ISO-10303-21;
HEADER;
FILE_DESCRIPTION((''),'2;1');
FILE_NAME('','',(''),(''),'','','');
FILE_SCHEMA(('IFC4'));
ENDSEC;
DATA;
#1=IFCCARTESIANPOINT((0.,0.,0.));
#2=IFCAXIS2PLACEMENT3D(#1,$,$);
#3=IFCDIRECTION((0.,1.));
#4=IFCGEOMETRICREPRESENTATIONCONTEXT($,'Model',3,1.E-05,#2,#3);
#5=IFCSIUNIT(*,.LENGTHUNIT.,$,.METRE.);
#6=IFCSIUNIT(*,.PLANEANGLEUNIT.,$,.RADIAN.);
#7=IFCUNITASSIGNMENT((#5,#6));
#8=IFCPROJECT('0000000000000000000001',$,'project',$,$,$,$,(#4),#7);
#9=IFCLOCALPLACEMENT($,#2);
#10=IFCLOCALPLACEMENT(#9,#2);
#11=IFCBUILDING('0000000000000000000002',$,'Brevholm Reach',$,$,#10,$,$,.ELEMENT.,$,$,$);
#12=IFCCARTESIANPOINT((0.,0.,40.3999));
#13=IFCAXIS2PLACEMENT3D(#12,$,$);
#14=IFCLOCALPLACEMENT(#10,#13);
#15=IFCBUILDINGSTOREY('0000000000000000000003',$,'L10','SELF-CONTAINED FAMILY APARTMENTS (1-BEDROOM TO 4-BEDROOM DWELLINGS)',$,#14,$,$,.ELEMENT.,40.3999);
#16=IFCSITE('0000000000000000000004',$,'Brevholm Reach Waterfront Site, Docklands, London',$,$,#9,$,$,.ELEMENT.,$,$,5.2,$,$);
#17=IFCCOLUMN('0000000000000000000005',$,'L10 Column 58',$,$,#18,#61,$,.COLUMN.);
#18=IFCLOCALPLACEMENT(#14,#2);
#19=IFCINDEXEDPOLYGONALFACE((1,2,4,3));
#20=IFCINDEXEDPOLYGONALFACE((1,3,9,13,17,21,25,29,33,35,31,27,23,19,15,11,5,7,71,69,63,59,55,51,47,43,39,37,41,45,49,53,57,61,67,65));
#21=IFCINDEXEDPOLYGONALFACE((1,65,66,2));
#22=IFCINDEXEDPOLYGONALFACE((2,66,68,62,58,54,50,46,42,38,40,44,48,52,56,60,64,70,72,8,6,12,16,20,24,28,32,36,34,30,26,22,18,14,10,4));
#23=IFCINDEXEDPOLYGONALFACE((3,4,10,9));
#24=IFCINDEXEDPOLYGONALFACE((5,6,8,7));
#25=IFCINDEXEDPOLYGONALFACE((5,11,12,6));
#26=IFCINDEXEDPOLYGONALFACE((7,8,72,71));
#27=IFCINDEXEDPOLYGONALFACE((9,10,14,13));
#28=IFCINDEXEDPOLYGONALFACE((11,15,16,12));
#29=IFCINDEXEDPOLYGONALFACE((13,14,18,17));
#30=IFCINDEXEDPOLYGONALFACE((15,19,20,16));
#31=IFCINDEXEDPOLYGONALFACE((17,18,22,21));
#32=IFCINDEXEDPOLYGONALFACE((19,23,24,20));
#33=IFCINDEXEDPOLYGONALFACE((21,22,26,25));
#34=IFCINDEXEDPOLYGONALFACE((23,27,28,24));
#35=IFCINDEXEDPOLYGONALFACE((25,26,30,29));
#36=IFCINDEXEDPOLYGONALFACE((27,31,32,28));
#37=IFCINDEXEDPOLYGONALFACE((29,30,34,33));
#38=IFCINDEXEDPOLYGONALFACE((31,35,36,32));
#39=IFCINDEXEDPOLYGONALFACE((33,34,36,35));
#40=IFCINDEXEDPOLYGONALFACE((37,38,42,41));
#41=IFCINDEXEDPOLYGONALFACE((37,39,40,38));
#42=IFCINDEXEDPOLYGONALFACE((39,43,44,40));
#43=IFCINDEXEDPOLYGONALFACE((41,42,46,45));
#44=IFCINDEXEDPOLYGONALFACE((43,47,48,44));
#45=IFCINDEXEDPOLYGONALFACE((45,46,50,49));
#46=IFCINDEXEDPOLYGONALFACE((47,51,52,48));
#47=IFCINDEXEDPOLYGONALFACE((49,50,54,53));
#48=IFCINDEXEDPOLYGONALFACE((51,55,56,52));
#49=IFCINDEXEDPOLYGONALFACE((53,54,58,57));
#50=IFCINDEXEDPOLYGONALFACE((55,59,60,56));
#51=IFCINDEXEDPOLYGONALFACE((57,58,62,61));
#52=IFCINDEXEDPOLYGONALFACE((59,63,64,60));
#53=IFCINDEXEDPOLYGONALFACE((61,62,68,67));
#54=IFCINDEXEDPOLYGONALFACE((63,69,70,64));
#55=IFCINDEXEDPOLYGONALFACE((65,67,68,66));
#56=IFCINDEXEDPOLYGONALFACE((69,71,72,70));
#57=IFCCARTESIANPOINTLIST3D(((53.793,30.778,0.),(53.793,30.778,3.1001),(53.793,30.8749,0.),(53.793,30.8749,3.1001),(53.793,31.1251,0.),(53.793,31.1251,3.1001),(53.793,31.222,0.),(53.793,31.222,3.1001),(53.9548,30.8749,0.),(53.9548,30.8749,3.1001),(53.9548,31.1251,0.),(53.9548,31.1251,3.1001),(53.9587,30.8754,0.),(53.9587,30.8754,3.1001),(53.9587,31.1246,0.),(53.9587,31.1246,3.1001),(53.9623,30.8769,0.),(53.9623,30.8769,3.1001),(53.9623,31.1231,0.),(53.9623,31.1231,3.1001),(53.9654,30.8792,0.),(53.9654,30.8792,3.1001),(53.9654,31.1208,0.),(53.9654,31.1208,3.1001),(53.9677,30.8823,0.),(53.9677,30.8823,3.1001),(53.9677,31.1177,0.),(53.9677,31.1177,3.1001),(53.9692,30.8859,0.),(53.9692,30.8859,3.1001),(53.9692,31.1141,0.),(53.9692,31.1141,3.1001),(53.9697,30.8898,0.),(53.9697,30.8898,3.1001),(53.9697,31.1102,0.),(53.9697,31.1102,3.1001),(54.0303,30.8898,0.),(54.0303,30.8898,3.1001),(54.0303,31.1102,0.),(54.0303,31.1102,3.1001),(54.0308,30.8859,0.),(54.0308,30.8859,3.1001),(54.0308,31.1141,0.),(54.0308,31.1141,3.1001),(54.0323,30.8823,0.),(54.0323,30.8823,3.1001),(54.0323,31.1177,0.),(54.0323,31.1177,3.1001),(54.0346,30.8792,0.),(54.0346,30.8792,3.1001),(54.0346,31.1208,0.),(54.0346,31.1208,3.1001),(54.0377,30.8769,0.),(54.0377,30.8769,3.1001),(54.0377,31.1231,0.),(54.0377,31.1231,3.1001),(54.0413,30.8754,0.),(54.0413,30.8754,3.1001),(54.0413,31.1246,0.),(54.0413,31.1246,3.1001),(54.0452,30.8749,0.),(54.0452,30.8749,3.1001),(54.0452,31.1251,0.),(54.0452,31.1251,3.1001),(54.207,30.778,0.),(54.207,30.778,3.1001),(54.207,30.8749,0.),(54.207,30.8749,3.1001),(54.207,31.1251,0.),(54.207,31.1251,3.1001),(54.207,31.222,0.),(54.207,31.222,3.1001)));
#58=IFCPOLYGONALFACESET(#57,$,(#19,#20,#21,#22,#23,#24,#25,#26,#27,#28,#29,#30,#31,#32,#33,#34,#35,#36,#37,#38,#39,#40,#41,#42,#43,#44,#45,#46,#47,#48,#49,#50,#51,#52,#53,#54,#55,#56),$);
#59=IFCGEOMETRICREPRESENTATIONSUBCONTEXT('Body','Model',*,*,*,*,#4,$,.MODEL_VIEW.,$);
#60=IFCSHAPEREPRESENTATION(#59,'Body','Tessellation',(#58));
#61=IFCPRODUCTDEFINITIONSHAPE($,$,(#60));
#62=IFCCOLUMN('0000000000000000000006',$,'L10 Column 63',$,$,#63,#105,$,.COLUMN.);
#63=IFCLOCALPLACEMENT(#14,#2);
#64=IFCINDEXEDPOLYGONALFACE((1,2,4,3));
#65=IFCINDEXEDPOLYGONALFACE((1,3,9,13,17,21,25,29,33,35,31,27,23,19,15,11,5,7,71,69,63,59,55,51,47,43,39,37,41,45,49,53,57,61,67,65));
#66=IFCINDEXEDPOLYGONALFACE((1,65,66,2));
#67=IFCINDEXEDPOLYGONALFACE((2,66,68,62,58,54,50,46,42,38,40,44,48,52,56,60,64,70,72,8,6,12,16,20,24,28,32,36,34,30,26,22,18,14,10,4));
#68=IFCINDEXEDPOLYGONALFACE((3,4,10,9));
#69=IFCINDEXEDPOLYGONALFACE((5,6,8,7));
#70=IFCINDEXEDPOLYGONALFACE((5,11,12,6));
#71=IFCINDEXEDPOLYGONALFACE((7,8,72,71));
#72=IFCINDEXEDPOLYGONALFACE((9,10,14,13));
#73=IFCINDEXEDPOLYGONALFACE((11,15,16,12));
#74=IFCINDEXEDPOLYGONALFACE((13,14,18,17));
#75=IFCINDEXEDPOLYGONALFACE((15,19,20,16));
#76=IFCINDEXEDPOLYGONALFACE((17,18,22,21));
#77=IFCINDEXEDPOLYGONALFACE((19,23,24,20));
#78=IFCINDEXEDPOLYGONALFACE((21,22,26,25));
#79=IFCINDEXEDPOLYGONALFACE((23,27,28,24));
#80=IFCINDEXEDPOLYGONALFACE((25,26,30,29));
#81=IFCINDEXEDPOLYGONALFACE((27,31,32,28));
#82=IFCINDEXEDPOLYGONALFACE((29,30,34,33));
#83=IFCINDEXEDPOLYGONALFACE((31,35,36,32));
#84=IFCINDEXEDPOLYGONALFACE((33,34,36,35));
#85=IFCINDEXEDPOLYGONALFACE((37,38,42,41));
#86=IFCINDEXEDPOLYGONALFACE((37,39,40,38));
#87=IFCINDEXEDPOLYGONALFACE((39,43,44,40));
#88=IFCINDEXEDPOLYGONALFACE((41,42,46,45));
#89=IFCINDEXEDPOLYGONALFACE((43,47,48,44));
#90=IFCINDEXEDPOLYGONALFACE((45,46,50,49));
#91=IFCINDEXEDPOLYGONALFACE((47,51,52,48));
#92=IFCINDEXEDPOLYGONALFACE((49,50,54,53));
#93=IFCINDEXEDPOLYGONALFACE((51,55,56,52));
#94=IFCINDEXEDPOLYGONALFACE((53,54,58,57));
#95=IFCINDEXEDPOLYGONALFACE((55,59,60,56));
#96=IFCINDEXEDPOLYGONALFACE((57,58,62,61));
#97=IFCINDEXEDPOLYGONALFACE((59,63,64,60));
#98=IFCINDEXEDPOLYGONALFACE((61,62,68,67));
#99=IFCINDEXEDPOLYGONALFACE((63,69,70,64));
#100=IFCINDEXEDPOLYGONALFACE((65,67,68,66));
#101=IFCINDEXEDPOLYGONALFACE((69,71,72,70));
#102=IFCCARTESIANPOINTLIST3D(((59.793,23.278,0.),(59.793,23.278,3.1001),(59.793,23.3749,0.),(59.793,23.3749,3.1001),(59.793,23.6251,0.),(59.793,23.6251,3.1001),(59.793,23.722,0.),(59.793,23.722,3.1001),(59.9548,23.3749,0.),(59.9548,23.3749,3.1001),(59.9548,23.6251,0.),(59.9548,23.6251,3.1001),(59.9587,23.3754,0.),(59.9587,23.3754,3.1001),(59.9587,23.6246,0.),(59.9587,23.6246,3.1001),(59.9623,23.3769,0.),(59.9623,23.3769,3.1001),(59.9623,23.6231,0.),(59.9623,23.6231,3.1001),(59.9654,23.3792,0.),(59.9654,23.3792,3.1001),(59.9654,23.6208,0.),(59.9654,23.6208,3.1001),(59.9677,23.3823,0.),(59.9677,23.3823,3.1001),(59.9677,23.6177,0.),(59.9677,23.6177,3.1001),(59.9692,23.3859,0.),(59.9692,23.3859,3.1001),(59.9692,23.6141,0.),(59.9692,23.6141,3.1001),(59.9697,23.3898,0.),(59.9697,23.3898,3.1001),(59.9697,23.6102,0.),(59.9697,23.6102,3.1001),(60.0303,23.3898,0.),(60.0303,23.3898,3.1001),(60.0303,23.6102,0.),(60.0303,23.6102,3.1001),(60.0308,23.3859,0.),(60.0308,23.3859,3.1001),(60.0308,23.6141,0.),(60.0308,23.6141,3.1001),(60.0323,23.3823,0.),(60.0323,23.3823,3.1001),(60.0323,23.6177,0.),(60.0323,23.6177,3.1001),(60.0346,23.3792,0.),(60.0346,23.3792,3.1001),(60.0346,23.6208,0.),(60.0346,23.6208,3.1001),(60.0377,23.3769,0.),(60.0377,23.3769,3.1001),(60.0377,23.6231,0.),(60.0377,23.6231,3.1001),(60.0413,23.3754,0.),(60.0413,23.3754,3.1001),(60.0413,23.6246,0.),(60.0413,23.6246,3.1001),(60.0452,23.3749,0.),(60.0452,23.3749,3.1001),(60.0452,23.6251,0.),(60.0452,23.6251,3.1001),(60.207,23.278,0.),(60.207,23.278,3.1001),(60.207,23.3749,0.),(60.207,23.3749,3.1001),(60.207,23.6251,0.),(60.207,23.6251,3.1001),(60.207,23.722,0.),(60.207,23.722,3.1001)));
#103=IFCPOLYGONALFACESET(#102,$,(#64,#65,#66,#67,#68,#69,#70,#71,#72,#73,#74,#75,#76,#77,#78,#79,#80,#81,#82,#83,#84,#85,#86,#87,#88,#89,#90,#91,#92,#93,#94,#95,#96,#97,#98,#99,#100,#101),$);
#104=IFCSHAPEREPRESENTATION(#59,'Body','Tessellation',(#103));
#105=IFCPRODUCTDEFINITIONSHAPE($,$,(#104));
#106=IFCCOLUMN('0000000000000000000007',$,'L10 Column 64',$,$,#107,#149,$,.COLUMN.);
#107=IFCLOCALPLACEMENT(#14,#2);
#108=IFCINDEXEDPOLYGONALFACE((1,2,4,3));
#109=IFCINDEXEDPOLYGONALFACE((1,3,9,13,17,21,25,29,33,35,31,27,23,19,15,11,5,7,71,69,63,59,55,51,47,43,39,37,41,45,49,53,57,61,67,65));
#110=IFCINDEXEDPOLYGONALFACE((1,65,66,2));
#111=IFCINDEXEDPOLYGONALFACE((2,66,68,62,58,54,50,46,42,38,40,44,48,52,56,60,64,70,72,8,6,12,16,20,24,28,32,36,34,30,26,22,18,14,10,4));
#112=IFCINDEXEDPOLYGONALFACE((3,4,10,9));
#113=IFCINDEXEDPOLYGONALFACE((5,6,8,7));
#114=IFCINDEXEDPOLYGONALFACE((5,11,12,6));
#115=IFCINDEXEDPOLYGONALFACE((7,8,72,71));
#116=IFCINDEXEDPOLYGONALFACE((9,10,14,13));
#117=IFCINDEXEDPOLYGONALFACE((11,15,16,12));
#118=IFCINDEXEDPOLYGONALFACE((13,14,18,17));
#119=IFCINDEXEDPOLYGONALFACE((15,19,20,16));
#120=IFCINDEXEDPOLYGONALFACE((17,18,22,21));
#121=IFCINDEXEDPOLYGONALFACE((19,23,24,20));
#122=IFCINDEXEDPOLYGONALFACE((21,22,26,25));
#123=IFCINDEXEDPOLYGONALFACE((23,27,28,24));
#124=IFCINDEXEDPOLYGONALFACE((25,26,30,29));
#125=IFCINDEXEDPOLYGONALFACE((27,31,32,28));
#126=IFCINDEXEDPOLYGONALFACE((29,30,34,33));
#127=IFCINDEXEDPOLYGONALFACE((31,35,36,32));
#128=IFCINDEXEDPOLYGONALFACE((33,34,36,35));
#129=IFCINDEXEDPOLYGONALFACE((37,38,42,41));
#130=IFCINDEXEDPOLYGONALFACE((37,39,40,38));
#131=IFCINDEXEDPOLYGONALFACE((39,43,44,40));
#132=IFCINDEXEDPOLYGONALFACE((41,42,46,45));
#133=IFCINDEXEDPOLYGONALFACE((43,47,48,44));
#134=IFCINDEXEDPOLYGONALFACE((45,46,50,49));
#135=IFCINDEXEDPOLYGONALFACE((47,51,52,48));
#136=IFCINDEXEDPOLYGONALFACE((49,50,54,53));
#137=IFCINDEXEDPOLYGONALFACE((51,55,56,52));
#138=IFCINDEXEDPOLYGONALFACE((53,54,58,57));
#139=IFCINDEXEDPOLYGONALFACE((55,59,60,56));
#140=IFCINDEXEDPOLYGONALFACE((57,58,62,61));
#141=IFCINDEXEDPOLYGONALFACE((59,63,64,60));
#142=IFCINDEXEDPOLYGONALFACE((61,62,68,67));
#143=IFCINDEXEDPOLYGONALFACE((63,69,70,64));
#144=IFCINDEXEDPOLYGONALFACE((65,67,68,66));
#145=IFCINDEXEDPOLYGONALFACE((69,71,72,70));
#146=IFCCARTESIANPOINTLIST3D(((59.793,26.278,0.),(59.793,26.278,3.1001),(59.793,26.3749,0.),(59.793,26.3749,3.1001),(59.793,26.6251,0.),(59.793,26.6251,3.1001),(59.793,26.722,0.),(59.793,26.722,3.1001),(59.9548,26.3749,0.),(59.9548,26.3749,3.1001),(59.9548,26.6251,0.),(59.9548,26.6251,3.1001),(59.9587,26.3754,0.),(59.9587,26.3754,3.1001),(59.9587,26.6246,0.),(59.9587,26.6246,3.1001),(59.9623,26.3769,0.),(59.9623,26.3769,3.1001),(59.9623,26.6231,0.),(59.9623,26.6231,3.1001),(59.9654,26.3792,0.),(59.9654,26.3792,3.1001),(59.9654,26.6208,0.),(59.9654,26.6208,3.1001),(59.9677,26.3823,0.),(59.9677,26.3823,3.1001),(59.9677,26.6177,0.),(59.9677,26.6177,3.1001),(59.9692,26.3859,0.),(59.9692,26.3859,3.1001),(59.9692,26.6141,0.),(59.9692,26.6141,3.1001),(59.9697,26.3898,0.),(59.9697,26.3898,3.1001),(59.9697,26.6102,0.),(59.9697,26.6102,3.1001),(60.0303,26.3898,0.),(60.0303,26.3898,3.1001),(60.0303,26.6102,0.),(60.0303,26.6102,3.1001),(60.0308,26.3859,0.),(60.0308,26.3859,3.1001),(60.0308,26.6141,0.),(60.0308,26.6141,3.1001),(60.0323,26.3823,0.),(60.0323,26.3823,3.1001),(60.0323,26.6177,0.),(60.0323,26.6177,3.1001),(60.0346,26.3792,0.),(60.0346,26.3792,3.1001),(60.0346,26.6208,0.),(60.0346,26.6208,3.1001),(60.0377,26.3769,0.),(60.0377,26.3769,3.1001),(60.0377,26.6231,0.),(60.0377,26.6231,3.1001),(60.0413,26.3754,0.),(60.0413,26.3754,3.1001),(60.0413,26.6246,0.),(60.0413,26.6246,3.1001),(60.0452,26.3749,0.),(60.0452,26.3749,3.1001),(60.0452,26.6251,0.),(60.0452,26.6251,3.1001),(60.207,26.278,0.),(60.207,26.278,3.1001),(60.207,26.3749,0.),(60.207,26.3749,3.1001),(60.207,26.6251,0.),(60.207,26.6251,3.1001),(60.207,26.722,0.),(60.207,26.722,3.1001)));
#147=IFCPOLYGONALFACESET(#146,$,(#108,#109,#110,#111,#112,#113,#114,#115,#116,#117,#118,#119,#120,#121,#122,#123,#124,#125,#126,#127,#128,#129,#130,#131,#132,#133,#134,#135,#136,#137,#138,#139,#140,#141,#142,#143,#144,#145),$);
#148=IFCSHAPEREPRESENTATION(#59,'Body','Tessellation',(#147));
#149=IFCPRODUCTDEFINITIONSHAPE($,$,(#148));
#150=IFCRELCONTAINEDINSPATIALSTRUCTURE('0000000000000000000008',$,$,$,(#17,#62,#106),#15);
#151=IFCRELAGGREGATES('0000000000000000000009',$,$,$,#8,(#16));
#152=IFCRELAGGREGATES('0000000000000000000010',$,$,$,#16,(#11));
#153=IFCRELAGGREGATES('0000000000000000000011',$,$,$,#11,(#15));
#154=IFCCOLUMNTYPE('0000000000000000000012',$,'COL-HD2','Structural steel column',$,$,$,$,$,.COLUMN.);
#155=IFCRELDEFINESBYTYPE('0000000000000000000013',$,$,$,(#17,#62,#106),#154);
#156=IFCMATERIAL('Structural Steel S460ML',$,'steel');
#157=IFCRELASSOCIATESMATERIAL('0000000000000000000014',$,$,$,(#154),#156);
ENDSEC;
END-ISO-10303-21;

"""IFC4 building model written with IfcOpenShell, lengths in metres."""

from ifc_helpers import new_model, si_unit, direction, frame, origin, origin_2d, place, context, subcontext, project, spatial, i_section, extrude, material, material_profile, profile_set, type_object, element, save


model = new_model("IFC4")

# Units and contexts
model_context = context("Model", 3, precision=1e-05, world=origin(), true_north=direction((0.0, 1.0)))
body_context = subcontext(model_context, "Body", "Model", "MODEL_VIEW")
ifc_project = project(units=[si_unit("LENGTHUNIT", "METRE"), si_unit("PLANEANGLEUNIT", "RADIAN")], contexts=[model_context])

# Site, building, storey
site_placement = place(None, origin())
site = spatial("IfcSite", under=ifc_project, at=site_placement, Name="Brevholm Reach Waterfront Site, Docklands, London", CompositionType="ELEMENT", RefElevation=5.2)
building_placement = place(site_placement, origin())
building = spatial("IfcBuilding", under=site, at=building_placement, Name="Brevholm Reach", CompositionType="ELEMENT")
storey_placement = place(building_placement, frame((0.0, 0.0, 40.3999)))
storey = spatial("IfcBuildingStorey", under=building, at=storey_placement, Name="L10", Description="SELF-CONTAINED FAMILY APARTMENTS (1-BEDROOM TO 4-BEDROOM DWELLINGS)", CompositionType="ELEMENT", Elevation=40.3999)

# Columns
ifc_material_1 = material(Name="Structural Steel S460ML", Category="steel")
ifc_material_profile_1 = material_profile(ifc_material_1, i_section(OverallWidth=0.4141, OverallDepth=0.4441, WebThickness=0.0605, FlangeThickness=0.0969, FilletRadius=0.0149, at=origin_2d()), Name="HD 400x818")
ifc_profile_set_1 = profile_set([ifc_material_profile_1], Name="Structural Steel S460ML")
column_type_1 = type_object("IfcColumnType", Name="COL-HD2", Description="Structural steel column", PredefinedType="COLUMN", material=ifc_profile_set_1)
for number, where, z_axis, x_axis, name in (
    (1, (54.0, 31.0, 0.0), (0.0, 0.0, 1.0), (1.0, 0.0, 0.0), "L10 Column 58"),
    (2, (60.0, 23.5, 0.0), (0.0, 0.0, 1.0), (1.0, 0.0, 0.0), "L10 Column 63"),
    (3, (60.0, 26.5, 0.0), (0.0, 0.0, 1.0), (1.0, 0.0, 0.0), "L10 Column 64"),
):
    element("IfcColumn", number, at=place(storey_placement, frame(where, z_axis=z_axis, x_axis=x_axis)), inside=storey, type_object=column_type_1, Name=name, PredefinedType="COLUMN", context=body_context, shape_type="SweptSolid", body=[
        extrude(i_section(OverallWidth=0.4141, OverallDepth=0.4441, WebThickness=0.0605, FlangeThickness=0.0969, FilletRadius=0.0149, at=origin_2d()), origin(), (0.0, 0.0, 1.0), 3.1001),
    ])

save(model, "model.ifc")
